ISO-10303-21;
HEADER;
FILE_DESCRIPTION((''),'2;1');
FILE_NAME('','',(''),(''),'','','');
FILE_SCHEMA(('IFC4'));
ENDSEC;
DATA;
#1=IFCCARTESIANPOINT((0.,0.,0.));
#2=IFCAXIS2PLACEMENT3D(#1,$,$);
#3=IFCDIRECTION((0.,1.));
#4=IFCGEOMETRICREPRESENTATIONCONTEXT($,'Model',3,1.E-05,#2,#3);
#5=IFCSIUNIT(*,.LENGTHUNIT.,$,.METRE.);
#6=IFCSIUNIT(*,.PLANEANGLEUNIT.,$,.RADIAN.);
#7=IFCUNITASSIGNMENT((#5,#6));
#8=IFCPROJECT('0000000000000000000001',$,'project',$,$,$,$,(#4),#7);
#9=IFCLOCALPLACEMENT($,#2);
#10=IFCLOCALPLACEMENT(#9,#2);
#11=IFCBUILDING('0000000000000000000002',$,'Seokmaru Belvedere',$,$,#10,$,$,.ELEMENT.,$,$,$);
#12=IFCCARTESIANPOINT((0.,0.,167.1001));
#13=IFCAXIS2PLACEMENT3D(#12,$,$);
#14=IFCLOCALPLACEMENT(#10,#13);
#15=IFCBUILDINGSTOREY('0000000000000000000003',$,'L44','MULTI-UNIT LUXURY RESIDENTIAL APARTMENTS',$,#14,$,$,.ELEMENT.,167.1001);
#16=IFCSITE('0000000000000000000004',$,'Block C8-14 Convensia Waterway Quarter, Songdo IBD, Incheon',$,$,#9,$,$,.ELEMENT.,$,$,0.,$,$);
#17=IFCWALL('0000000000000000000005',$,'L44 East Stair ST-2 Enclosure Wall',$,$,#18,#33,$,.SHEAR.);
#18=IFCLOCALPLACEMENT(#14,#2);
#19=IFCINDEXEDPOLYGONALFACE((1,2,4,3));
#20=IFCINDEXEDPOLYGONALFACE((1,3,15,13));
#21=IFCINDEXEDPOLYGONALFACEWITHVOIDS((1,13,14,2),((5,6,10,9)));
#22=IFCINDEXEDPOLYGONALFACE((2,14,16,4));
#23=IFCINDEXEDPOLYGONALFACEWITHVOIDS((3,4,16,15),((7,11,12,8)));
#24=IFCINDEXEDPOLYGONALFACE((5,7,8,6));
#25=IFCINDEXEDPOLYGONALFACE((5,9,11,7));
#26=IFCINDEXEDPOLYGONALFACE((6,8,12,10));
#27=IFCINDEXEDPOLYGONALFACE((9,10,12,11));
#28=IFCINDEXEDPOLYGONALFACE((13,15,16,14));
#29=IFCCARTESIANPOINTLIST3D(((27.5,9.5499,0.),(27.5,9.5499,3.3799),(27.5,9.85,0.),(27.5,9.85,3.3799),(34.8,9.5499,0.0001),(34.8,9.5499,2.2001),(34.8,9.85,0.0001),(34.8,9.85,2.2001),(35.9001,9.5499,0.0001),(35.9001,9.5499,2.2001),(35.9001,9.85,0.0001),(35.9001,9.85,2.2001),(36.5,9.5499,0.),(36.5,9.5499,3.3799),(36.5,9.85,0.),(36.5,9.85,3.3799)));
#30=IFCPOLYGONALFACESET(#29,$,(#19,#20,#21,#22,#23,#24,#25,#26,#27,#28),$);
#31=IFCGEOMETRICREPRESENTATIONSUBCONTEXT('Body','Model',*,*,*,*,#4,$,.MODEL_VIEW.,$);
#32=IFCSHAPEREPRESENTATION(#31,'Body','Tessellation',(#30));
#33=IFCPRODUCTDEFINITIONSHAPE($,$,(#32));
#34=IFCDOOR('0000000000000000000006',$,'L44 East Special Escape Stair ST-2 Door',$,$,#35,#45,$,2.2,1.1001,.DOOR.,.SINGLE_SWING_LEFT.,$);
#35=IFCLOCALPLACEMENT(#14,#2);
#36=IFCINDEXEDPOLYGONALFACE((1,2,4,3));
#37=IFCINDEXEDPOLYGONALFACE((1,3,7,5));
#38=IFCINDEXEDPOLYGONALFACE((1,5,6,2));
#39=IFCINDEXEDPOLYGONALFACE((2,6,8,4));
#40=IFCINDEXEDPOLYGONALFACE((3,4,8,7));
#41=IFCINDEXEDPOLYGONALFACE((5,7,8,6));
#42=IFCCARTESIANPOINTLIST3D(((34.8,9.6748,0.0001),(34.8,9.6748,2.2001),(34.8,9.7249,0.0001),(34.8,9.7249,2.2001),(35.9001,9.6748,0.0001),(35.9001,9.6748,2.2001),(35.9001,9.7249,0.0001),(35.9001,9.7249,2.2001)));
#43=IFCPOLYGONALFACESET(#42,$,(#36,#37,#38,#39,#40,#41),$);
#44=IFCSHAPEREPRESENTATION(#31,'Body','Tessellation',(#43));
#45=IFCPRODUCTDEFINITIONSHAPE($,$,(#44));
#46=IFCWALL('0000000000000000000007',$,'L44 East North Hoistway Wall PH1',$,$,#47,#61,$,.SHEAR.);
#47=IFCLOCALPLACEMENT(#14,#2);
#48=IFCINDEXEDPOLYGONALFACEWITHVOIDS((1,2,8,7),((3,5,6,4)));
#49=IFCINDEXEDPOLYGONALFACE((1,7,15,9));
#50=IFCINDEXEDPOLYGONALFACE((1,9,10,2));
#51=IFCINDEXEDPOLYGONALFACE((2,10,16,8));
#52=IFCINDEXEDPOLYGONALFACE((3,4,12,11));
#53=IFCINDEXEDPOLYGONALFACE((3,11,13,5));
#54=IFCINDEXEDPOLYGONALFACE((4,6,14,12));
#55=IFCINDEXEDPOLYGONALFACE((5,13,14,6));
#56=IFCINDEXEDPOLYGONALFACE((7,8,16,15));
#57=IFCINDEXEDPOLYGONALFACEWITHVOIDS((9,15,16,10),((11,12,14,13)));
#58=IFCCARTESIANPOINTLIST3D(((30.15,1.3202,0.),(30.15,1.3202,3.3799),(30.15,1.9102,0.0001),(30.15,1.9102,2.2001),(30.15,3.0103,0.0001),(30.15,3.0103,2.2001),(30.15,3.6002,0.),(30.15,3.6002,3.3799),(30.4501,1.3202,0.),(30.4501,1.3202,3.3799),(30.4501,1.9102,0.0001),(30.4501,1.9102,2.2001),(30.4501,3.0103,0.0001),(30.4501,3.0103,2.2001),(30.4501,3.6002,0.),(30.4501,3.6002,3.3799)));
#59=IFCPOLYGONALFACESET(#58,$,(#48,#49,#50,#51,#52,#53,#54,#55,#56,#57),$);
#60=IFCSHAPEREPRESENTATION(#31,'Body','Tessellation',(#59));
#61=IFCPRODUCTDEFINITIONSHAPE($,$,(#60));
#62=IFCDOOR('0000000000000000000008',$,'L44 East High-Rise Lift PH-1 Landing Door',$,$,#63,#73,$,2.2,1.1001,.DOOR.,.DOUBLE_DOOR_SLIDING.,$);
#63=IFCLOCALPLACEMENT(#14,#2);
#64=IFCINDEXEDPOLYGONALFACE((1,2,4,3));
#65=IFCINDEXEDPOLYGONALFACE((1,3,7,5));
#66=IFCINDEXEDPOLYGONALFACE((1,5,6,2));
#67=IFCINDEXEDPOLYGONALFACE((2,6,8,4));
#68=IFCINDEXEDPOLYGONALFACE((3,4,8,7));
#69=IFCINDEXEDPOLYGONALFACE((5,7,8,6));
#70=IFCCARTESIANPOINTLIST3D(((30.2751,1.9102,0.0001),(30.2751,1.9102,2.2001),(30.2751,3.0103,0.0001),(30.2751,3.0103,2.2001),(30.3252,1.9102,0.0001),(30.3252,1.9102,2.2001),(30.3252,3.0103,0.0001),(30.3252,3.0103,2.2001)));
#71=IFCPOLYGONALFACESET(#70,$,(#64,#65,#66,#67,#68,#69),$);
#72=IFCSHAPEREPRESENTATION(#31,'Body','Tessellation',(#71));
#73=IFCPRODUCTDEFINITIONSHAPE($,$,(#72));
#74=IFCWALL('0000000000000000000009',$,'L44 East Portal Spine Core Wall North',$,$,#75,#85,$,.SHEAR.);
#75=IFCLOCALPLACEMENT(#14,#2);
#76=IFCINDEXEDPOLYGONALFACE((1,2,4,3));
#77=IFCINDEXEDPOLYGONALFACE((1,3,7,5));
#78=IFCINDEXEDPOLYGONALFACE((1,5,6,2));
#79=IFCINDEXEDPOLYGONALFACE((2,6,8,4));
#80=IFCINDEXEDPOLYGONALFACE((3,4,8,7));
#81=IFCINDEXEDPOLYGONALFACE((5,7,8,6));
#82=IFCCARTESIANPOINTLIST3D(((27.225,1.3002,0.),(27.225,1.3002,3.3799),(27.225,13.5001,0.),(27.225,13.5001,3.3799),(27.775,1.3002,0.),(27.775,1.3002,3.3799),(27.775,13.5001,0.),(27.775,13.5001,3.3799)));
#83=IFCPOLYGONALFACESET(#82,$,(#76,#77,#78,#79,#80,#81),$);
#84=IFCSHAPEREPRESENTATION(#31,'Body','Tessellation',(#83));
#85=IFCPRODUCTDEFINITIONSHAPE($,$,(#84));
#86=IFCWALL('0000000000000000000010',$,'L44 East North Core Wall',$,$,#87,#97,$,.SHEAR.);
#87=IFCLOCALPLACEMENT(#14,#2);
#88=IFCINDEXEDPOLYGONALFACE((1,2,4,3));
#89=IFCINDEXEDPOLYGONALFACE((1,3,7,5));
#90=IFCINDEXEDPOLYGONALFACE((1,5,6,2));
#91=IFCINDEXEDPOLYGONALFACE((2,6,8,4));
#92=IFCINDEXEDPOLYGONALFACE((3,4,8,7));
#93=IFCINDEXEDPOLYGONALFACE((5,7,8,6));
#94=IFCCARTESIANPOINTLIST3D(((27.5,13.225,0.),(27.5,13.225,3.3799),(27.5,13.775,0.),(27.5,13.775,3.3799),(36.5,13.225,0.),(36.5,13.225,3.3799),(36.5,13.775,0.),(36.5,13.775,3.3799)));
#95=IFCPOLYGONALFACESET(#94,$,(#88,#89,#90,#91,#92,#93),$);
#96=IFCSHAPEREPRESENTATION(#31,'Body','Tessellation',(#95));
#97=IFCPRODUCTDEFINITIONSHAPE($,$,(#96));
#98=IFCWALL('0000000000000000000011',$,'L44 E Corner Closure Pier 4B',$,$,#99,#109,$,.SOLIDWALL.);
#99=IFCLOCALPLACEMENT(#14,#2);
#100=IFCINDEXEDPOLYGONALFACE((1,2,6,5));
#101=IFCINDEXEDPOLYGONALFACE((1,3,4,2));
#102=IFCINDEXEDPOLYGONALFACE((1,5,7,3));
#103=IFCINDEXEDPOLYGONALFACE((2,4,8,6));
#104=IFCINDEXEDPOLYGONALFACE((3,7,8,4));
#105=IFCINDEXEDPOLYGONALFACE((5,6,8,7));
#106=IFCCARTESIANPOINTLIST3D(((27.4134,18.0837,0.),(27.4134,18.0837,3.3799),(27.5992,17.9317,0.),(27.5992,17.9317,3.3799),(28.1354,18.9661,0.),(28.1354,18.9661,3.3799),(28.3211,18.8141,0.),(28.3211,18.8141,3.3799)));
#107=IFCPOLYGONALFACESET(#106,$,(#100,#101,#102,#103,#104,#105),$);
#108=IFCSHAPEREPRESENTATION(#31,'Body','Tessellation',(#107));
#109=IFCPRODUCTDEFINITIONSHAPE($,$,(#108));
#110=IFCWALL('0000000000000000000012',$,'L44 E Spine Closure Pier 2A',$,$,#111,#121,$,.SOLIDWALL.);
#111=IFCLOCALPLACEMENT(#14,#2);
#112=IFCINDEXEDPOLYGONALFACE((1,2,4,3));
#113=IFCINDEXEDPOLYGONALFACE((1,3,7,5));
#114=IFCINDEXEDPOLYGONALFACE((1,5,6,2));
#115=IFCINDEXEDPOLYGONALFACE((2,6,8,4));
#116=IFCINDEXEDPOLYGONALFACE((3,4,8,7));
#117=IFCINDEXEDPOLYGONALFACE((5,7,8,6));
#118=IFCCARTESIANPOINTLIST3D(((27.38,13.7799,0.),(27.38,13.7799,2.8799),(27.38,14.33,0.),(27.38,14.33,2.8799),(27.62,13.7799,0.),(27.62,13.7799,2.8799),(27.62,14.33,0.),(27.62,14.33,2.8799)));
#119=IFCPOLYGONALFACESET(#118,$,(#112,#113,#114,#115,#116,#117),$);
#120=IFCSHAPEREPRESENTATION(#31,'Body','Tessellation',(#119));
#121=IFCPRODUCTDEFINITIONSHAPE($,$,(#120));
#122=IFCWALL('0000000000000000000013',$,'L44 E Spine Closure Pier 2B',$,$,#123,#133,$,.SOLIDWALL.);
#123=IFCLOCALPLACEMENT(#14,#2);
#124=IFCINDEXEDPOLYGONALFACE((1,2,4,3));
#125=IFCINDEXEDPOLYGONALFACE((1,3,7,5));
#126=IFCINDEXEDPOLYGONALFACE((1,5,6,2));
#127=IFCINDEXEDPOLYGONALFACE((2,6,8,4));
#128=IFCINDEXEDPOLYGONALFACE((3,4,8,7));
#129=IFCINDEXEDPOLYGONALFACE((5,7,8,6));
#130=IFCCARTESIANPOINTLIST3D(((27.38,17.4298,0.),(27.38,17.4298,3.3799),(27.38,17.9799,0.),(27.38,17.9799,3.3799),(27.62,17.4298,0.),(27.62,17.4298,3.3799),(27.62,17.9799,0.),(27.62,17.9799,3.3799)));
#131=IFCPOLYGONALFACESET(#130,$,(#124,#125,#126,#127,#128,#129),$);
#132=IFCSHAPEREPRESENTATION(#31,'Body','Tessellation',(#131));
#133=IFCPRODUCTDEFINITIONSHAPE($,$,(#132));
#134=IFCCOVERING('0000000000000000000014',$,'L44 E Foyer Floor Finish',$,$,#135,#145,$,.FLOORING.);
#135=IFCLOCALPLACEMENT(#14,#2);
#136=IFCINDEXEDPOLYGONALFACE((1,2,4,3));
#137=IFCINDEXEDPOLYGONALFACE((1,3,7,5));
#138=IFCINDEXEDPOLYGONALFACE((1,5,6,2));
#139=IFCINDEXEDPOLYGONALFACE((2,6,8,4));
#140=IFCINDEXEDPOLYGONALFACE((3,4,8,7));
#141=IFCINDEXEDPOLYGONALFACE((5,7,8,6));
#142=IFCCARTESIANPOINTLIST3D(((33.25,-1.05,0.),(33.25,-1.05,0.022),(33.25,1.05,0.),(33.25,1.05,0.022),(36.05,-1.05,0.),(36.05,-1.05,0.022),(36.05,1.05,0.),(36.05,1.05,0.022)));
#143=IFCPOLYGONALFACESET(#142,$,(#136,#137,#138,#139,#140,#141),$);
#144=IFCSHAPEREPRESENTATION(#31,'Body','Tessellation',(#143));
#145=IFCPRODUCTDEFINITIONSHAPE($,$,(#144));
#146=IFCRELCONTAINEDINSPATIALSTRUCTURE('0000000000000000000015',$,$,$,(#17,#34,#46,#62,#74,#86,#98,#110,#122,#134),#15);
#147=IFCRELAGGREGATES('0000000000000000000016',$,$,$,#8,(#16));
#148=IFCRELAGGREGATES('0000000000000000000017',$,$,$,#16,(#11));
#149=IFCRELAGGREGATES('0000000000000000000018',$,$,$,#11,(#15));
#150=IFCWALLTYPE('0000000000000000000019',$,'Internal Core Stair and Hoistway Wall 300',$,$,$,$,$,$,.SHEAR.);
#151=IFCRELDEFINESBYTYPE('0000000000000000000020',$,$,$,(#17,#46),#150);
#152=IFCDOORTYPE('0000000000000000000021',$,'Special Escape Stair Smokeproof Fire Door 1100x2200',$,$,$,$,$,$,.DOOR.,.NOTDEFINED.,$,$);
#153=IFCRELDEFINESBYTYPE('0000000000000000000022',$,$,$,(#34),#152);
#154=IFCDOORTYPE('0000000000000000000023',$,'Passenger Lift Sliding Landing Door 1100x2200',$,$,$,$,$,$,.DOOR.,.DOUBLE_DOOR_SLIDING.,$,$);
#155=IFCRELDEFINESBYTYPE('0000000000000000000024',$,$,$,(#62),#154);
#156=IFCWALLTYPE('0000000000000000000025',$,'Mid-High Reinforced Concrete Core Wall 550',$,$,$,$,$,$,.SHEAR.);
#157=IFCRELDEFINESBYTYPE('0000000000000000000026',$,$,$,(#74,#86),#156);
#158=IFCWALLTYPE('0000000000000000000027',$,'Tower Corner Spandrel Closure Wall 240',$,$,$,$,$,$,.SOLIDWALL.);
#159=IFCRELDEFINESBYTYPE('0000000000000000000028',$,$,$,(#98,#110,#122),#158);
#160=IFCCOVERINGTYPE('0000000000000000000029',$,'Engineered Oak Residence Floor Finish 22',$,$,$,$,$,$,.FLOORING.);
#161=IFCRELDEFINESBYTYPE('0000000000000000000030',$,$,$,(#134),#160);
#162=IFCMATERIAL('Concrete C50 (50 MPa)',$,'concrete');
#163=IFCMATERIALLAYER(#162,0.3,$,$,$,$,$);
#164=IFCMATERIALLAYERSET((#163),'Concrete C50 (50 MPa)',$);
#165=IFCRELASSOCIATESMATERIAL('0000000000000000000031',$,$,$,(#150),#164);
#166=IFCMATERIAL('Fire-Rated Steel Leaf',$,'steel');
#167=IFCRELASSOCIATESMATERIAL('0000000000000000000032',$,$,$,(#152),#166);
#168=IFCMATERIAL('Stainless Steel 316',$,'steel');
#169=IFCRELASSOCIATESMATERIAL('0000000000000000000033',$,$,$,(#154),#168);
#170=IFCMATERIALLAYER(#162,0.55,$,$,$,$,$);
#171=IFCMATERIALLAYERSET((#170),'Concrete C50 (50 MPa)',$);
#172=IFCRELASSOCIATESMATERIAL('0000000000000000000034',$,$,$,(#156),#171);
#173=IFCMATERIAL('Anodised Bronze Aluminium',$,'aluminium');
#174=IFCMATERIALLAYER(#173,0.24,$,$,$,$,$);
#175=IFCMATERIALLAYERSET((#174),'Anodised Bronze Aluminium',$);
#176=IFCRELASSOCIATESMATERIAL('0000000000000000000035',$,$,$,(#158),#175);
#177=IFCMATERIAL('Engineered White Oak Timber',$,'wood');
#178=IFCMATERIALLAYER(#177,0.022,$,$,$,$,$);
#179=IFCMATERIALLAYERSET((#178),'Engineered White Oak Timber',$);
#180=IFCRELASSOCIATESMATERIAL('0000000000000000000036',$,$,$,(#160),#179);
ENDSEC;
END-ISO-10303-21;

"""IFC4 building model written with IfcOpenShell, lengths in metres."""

from ifc_helpers import new_model, si_unit, direction, frame, frame_2d, origin, place, context, subcontext, project, spatial, polyline, rectangle, outline, extrude, source, transform, mapped, material, layer, layer_set, type_object, type_shapes, element, fill, save


model = new_model("IFC4")

# Units and contexts
model_context = context("Model", 3, precision=1e-05, world=origin(), true_north=direction((0.0, 1.0)))
body_context = subcontext(model_context, "Body", "Model", "MODEL_VIEW")
ifc_project = project(units=[si_unit("LENGTHUNIT", "METRE"), si_unit("PLANEANGLEUNIT", "RADIAN")], contexts=[model_context])

# Site, building, storey
site_placement = place(None, origin())
site = spatial("IfcSite", under=ifc_project, at=site_placement, Name="Block C8-14 Convensia Waterway Quarter, Songdo IBD, Incheon", CompositionType="ELEMENT", RefElevation=0.0)
building_placement = place(site_placement, origin())
building = spatial("IfcBuilding", under=site, at=building_placement, Name="Seokmaru Belvedere", CompositionType="ELEMENT")
storey_placement = place(building_placement, frame((0.0, 0.0, 167.1001)))
storey = spatial("IfcBuildingStorey", under=building, at=storey_placement, Name="L44", Description="MULTI-UNIT LUXURY RESIDENTIAL APARTMENTS", CompositionType="ELEMENT", Elevation=167.1001)

# Shared definitions
ifc_material_1 = material(Name="Anodised Bronze Aluminium", Category="aluminium")

# Shared definitions
ifc_material_2 = material(Name="Concrete C50 (50 MPa)", Category="concrete")

# Walls, openings, doors
ifc_layer_1 = layer(ifc_material_2, 0.3)
ifc_layer_set_1 = layer_set([ifc_layer_1], Name="Concrete C50 (50 MPa)")
wall_type_1 = type_object("IfcWallType", Name="Internal Core Stair and Hoistway Wall 300", PredefinedType="SHEAR", material=ifc_layer_set_1)
wall_1_placement = place(storey_placement, frame((27.5, 9.7, 0.0), z_axis=(0.0, 0.0, 1.0), x_axis=(1.0, 0.0, 0.0)))
wall_1 = element("IfcWall", 1, at=wall_1_placement, inside=storey, type_object=wall_type_1, Name="L44 East Stair ST-2 Enclosure Wall", PredefinedType="SHEAR", context=body_context, shape_type="SweptSolid", body=[
    extrude(rectangle(XDim=9.0, YDim=0.3, at=frame_2d((4.5, 0.0))), origin(), (0.0, 0.0, 1.0), 3.3799),
])
opening_1_placement = place(wall_1_placement, frame((7.3, 0.0, 0.0)))
opening_1 = element("IfcOpeningElement", 2, at=opening_1_placement, cuts=wall_1, PredefinedType="OPENING", context=body_context, shape_type="SweptSolid", body=[
    extrude(rectangle(XDim=1.1001, YDim=2.2, at=frame_2d((0.55, 1.1001))), frame((0.0, 0.1602, 0.0), z_axis=(0.0, -1.0, 0.0), x_axis=(1.0, 0.0, 0.0)), (0.0, 0.0, 1.0), 0.3201),
])
ifc_material_3 = material(Name="Fire-Rated Steel Leaf", Category="steel")
door_type_1 = type_object("IfcDoorType", Name="Special Escape Stair Smokeproof Fire Door 1100x2200", OperationType="NOTDEFINED", PredefinedType="DOOR", material=ifc_material_3)
shared_shape_1 = source(origin(), body_context, "Body", "SweptSolid", [
    extrude(rectangle(XDim=1.1001, YDim=2.2, at=frame_2d((0.55, 1.1001))), frame((0.0, 0.0249, 0.0), z_axis=(0.0, -1.0, 0.0), x_axis=(1.0, 0.0, 0.0)), (0.0, 0.0, 1.0), 0.05),
])
type_shapes(door_type_1, [shared_shape_1])
door_1_placement = place(opening_1_placement, origin())
door_1 = element("IfcDoor", 3, at=door_1_placement, inside=storey, type_object=door_type_1, Name="L44 East Special Escape Stair ST-2 Door", OperationType="SINGLE_SWING_LEFT", OverallHeight=2.2, OverallWidth=1.1001, PredefinedType="DOOR", context=body_context, shape_type="MappedRepresentation", body=[
    mapped(shared_shape_1, transform((0.0, 0.0, 0.0), scale=1.0)),
])
fill(opening_1, door_1)
wall_2_placement = place(storey_placement, frame((30.3, 1.3201, 0.0), z_axis=(0.0, 0.0, 1.0), x_axis=(0.0, 1.0, 0.0)))
wall_2 = element("IfcWall", 4, at=wall_2_placement, inside=storey, type_object=wall_type_1, Name="L44 East North Hoistway Wall PH1", PredefinedType="SHEAR", context=body_context, shape_type="SweptSolid", body=[
    extrude(rectangle(XDim=2.28, YDim=0.3, at=frame_2d((1.1401, 0.0))), origin(), (0.0, 0.0, 1.0), 3.3799),
])
opening_2_placement = place(wall_2_placement, frame((0.5901, 0.0, 0.0)))
opening_2 = element("IfcOpeningElement", 5, at=opening_2_placement, cuts=wall_2, PredefinedType="OPENING", context=body_context, shape_type="SweptSolid", body=[
    extrude(rectangle(XDim=1.1001, YDim=2.2, at=frame_2d((0.55, 1.1001))), frame((0.0, 0.1602, 0.0), z_axis=(0.0, -1.0, 0.0), x_axis=(1.0, 0.0, 0.0)), (0.0, 0.0, 1.0), 0.3201),
])
ifc_material_4 = material(Name="Stainless Steel 316", Category="steel")
door_type_2 = type_object("IfcDoorType", Name="Passenger Lift Sliding Landing Door 1100x2200", OperationType="DOUBLE_DOOR_SLIDING", PredefinedType="DOOR", material=ifc_material_4)
shared_shape_2 = source(origin(), body_context, "Body", "SweptSolid", [
    extrude(rectangle(XDim=1.1001, YDim=2.2, at=frame_2d((0.55, 1.1001))), frame((0.0, 0.0249, 0.0), z_axis=(0.0, -1.0, 0.0), x_axis=(1.0, 0.0, 0.0)), (0.0, 0.0, 1.0), 0.05),
])
type_shapes(door_type_2, [shared_shape_2])
door_2_placement = place(opening_2_placement, origin())
door_2 = element("IfcDoor", 6, at=door_2_placement, inside=storey, type_object=door_type_2, Name="L44 East High-Rise Lift PH-1 Landing Door", OperationType="DOUBLE_DOOR_SLIDING", OverallHeight=2.2, OverallWidth=1.1001, PredefinedType="DOOR", context=body_context, shape_type="MappedRepresentation", body=[
    mapped(shared_shape_2, transform((0.0, 0.0, 0.0), scale=1.0)),
])
fill(opening_2, door_2)

# Walls
ifc_layer_2 = layer(ifc_material_2, 0.55)
ifc_layer_set_2 = layer_set([ifc_layer_2], Name="Concrete C50 (50 MPa)")
wall_type_2 = type_object("IfcWallType", Name="Mid-High Reinforced Concrete Core Wall 550", PredefinedType="SHEAR", material=ifc_layer_set_2)
wall_3_placement = place(storey_placement, frame((27.5, 1.3, 0.0), z_axis=(0.0, 0.0, 1.0), x_axis=(0.0, 1.0, 0.0)))
element("IfcWall", 7, at=wall_3_placement, inside=storey, type_object=wall_type_2, Name="L44 East Portal Spine Core Wall North", PredefinedType="SHEAR", context=body_context, shape_type="SweptSolid", body=[
    extrude(rectangle(XDim=12.2, YDim=0.55, at=frame_2d((6.1001, 0.0))), origin(), (0.0, 0.0, 1.0), 3.3799),
])
wall_4_placement = place(storey_placement, frame((27.5, 13.5, 0.0), z_axis=(0.0, 0.0, 1.0), x_axis=(1.0, 0.0, 0.0)))
element("IfcWall", 8, at=wall_4_placement, inside=storey, type_object=wall_type_2, Name="L44 East North Core Wall", PredefinedType="SHEAR", context=body_context, shape_type="SweptSolid", body=[
    extrude(rectangle(XDim=9.0, YDim=0.55, at=frame_2d((4.5, 0.0))), origin(), (0.0, 0.0, 1.0), 3.3799),
])
ifc_layer_3 = layer(ifc_material_1, 0.24)
ifc_layer_set_3 = layer_set([ifc_layer_3], Name="Anodised Bronze Aluminium")
wall_type_3 = type_object("IfcWallType", Name="Tower Corner Spandrel Closure Wall 240", PredefinedType="SOLIDWALL", material=ifc_layer_set_3)
wall_5_placement = place(storey_placement, frame((28.2283, 18.8901, 0.0), z_axis=(0.0, 0.0, 1.0), x_axis=(-0.633249, -0.773948, 0.0)))
element("IfcWall", 9, at=wall_5_placement, inside=storey, type_object=wall_type_3, Name="L44 E Corner Closure Pier 4B", PredefinedType="SOLIDWALL", context=body_context, shape_type="SweptSolid", body=[
    extrude(rectangle(XDim=1.1401, YDim=0.24, at=frame_2d((0.5701, 0.0))), origin(), (0.0, 0.0, 1.0), 3.3799),
])
wall_6_placement = place(storey_placement, frame((27.5, 13.78, 0.0), z_axis=(0.0, 0.0, 1.0), x_axis=(0.0, 1.0, 0.0)))
element("IfcWall", 10, at=wall_6_placement, inside=storey, type_object=wall_type_3, Name="L44 E Spine Closure Pier 2A", PredefinedType="SOLIDWALL", context=body_context, shape_type="SweptSolid", body=[
    extrude(rectangle(XDim=0.55, YDim=0.24, at=frame_2d((0.2749, 0.0))), origin(), (0.0, 0.0, 1.0), 2.8799),
])
wall_7_placement = place(storey_placement, frame((27.5, 17.4299, 0.0), z_axis=(0.0, 0.0, 1.0), x_axis=(0.0, 1.0, 0.0)))
element("IfcWall", 11, at=wall_7_placement, inside=storey, type_object=wall_type_3, Name="L44 E Spine Closure Pier 2B", PredefinedType="SOLIDWALL", context=body_context, shape_type="SweptSolid", body=[
    extrude(rectangle(XDim=0.55, YDim=0.24, at=frame_2d((0.2749, 0.0))), origin(), (0.0, 0.0, 1.0), 3.3799),
])

# Covering
ifc_material_5 = material(Name="Engineered White Oak Timber", Category="wood")
ifc_layer_4 = layer(ifc_material_5, 0.022)
ifc_layer_set_4 = layer_set([ifc_layer_4], Name="Engineered White Oak Timber")
covering_type = type_object("IfcCoveringType", Name="Engineered Oak Residence Floor Finish 22", PredefinedType="FLOORING", material=ifc_layer_set_4)
covering_placement = place(storey_placement, origin())
element("IfcCovering", 12, at=covering_placement, inside=storey, type_object=covering_type, Name="L44 E Foyer Floor Finish", PredefinedType="FLOORING", context=body_context, shape_type="SweptSolid", body=[
    extrude(outline(polyline([(33.25, -1.05), (36.05, -1.05), (36.05, 1.05), (33.25, 1.05), (33.25, -1.05)])), origin(), (0.0, 0.0, 1.0), 0.022),
])

save(model, "model.ifc")
